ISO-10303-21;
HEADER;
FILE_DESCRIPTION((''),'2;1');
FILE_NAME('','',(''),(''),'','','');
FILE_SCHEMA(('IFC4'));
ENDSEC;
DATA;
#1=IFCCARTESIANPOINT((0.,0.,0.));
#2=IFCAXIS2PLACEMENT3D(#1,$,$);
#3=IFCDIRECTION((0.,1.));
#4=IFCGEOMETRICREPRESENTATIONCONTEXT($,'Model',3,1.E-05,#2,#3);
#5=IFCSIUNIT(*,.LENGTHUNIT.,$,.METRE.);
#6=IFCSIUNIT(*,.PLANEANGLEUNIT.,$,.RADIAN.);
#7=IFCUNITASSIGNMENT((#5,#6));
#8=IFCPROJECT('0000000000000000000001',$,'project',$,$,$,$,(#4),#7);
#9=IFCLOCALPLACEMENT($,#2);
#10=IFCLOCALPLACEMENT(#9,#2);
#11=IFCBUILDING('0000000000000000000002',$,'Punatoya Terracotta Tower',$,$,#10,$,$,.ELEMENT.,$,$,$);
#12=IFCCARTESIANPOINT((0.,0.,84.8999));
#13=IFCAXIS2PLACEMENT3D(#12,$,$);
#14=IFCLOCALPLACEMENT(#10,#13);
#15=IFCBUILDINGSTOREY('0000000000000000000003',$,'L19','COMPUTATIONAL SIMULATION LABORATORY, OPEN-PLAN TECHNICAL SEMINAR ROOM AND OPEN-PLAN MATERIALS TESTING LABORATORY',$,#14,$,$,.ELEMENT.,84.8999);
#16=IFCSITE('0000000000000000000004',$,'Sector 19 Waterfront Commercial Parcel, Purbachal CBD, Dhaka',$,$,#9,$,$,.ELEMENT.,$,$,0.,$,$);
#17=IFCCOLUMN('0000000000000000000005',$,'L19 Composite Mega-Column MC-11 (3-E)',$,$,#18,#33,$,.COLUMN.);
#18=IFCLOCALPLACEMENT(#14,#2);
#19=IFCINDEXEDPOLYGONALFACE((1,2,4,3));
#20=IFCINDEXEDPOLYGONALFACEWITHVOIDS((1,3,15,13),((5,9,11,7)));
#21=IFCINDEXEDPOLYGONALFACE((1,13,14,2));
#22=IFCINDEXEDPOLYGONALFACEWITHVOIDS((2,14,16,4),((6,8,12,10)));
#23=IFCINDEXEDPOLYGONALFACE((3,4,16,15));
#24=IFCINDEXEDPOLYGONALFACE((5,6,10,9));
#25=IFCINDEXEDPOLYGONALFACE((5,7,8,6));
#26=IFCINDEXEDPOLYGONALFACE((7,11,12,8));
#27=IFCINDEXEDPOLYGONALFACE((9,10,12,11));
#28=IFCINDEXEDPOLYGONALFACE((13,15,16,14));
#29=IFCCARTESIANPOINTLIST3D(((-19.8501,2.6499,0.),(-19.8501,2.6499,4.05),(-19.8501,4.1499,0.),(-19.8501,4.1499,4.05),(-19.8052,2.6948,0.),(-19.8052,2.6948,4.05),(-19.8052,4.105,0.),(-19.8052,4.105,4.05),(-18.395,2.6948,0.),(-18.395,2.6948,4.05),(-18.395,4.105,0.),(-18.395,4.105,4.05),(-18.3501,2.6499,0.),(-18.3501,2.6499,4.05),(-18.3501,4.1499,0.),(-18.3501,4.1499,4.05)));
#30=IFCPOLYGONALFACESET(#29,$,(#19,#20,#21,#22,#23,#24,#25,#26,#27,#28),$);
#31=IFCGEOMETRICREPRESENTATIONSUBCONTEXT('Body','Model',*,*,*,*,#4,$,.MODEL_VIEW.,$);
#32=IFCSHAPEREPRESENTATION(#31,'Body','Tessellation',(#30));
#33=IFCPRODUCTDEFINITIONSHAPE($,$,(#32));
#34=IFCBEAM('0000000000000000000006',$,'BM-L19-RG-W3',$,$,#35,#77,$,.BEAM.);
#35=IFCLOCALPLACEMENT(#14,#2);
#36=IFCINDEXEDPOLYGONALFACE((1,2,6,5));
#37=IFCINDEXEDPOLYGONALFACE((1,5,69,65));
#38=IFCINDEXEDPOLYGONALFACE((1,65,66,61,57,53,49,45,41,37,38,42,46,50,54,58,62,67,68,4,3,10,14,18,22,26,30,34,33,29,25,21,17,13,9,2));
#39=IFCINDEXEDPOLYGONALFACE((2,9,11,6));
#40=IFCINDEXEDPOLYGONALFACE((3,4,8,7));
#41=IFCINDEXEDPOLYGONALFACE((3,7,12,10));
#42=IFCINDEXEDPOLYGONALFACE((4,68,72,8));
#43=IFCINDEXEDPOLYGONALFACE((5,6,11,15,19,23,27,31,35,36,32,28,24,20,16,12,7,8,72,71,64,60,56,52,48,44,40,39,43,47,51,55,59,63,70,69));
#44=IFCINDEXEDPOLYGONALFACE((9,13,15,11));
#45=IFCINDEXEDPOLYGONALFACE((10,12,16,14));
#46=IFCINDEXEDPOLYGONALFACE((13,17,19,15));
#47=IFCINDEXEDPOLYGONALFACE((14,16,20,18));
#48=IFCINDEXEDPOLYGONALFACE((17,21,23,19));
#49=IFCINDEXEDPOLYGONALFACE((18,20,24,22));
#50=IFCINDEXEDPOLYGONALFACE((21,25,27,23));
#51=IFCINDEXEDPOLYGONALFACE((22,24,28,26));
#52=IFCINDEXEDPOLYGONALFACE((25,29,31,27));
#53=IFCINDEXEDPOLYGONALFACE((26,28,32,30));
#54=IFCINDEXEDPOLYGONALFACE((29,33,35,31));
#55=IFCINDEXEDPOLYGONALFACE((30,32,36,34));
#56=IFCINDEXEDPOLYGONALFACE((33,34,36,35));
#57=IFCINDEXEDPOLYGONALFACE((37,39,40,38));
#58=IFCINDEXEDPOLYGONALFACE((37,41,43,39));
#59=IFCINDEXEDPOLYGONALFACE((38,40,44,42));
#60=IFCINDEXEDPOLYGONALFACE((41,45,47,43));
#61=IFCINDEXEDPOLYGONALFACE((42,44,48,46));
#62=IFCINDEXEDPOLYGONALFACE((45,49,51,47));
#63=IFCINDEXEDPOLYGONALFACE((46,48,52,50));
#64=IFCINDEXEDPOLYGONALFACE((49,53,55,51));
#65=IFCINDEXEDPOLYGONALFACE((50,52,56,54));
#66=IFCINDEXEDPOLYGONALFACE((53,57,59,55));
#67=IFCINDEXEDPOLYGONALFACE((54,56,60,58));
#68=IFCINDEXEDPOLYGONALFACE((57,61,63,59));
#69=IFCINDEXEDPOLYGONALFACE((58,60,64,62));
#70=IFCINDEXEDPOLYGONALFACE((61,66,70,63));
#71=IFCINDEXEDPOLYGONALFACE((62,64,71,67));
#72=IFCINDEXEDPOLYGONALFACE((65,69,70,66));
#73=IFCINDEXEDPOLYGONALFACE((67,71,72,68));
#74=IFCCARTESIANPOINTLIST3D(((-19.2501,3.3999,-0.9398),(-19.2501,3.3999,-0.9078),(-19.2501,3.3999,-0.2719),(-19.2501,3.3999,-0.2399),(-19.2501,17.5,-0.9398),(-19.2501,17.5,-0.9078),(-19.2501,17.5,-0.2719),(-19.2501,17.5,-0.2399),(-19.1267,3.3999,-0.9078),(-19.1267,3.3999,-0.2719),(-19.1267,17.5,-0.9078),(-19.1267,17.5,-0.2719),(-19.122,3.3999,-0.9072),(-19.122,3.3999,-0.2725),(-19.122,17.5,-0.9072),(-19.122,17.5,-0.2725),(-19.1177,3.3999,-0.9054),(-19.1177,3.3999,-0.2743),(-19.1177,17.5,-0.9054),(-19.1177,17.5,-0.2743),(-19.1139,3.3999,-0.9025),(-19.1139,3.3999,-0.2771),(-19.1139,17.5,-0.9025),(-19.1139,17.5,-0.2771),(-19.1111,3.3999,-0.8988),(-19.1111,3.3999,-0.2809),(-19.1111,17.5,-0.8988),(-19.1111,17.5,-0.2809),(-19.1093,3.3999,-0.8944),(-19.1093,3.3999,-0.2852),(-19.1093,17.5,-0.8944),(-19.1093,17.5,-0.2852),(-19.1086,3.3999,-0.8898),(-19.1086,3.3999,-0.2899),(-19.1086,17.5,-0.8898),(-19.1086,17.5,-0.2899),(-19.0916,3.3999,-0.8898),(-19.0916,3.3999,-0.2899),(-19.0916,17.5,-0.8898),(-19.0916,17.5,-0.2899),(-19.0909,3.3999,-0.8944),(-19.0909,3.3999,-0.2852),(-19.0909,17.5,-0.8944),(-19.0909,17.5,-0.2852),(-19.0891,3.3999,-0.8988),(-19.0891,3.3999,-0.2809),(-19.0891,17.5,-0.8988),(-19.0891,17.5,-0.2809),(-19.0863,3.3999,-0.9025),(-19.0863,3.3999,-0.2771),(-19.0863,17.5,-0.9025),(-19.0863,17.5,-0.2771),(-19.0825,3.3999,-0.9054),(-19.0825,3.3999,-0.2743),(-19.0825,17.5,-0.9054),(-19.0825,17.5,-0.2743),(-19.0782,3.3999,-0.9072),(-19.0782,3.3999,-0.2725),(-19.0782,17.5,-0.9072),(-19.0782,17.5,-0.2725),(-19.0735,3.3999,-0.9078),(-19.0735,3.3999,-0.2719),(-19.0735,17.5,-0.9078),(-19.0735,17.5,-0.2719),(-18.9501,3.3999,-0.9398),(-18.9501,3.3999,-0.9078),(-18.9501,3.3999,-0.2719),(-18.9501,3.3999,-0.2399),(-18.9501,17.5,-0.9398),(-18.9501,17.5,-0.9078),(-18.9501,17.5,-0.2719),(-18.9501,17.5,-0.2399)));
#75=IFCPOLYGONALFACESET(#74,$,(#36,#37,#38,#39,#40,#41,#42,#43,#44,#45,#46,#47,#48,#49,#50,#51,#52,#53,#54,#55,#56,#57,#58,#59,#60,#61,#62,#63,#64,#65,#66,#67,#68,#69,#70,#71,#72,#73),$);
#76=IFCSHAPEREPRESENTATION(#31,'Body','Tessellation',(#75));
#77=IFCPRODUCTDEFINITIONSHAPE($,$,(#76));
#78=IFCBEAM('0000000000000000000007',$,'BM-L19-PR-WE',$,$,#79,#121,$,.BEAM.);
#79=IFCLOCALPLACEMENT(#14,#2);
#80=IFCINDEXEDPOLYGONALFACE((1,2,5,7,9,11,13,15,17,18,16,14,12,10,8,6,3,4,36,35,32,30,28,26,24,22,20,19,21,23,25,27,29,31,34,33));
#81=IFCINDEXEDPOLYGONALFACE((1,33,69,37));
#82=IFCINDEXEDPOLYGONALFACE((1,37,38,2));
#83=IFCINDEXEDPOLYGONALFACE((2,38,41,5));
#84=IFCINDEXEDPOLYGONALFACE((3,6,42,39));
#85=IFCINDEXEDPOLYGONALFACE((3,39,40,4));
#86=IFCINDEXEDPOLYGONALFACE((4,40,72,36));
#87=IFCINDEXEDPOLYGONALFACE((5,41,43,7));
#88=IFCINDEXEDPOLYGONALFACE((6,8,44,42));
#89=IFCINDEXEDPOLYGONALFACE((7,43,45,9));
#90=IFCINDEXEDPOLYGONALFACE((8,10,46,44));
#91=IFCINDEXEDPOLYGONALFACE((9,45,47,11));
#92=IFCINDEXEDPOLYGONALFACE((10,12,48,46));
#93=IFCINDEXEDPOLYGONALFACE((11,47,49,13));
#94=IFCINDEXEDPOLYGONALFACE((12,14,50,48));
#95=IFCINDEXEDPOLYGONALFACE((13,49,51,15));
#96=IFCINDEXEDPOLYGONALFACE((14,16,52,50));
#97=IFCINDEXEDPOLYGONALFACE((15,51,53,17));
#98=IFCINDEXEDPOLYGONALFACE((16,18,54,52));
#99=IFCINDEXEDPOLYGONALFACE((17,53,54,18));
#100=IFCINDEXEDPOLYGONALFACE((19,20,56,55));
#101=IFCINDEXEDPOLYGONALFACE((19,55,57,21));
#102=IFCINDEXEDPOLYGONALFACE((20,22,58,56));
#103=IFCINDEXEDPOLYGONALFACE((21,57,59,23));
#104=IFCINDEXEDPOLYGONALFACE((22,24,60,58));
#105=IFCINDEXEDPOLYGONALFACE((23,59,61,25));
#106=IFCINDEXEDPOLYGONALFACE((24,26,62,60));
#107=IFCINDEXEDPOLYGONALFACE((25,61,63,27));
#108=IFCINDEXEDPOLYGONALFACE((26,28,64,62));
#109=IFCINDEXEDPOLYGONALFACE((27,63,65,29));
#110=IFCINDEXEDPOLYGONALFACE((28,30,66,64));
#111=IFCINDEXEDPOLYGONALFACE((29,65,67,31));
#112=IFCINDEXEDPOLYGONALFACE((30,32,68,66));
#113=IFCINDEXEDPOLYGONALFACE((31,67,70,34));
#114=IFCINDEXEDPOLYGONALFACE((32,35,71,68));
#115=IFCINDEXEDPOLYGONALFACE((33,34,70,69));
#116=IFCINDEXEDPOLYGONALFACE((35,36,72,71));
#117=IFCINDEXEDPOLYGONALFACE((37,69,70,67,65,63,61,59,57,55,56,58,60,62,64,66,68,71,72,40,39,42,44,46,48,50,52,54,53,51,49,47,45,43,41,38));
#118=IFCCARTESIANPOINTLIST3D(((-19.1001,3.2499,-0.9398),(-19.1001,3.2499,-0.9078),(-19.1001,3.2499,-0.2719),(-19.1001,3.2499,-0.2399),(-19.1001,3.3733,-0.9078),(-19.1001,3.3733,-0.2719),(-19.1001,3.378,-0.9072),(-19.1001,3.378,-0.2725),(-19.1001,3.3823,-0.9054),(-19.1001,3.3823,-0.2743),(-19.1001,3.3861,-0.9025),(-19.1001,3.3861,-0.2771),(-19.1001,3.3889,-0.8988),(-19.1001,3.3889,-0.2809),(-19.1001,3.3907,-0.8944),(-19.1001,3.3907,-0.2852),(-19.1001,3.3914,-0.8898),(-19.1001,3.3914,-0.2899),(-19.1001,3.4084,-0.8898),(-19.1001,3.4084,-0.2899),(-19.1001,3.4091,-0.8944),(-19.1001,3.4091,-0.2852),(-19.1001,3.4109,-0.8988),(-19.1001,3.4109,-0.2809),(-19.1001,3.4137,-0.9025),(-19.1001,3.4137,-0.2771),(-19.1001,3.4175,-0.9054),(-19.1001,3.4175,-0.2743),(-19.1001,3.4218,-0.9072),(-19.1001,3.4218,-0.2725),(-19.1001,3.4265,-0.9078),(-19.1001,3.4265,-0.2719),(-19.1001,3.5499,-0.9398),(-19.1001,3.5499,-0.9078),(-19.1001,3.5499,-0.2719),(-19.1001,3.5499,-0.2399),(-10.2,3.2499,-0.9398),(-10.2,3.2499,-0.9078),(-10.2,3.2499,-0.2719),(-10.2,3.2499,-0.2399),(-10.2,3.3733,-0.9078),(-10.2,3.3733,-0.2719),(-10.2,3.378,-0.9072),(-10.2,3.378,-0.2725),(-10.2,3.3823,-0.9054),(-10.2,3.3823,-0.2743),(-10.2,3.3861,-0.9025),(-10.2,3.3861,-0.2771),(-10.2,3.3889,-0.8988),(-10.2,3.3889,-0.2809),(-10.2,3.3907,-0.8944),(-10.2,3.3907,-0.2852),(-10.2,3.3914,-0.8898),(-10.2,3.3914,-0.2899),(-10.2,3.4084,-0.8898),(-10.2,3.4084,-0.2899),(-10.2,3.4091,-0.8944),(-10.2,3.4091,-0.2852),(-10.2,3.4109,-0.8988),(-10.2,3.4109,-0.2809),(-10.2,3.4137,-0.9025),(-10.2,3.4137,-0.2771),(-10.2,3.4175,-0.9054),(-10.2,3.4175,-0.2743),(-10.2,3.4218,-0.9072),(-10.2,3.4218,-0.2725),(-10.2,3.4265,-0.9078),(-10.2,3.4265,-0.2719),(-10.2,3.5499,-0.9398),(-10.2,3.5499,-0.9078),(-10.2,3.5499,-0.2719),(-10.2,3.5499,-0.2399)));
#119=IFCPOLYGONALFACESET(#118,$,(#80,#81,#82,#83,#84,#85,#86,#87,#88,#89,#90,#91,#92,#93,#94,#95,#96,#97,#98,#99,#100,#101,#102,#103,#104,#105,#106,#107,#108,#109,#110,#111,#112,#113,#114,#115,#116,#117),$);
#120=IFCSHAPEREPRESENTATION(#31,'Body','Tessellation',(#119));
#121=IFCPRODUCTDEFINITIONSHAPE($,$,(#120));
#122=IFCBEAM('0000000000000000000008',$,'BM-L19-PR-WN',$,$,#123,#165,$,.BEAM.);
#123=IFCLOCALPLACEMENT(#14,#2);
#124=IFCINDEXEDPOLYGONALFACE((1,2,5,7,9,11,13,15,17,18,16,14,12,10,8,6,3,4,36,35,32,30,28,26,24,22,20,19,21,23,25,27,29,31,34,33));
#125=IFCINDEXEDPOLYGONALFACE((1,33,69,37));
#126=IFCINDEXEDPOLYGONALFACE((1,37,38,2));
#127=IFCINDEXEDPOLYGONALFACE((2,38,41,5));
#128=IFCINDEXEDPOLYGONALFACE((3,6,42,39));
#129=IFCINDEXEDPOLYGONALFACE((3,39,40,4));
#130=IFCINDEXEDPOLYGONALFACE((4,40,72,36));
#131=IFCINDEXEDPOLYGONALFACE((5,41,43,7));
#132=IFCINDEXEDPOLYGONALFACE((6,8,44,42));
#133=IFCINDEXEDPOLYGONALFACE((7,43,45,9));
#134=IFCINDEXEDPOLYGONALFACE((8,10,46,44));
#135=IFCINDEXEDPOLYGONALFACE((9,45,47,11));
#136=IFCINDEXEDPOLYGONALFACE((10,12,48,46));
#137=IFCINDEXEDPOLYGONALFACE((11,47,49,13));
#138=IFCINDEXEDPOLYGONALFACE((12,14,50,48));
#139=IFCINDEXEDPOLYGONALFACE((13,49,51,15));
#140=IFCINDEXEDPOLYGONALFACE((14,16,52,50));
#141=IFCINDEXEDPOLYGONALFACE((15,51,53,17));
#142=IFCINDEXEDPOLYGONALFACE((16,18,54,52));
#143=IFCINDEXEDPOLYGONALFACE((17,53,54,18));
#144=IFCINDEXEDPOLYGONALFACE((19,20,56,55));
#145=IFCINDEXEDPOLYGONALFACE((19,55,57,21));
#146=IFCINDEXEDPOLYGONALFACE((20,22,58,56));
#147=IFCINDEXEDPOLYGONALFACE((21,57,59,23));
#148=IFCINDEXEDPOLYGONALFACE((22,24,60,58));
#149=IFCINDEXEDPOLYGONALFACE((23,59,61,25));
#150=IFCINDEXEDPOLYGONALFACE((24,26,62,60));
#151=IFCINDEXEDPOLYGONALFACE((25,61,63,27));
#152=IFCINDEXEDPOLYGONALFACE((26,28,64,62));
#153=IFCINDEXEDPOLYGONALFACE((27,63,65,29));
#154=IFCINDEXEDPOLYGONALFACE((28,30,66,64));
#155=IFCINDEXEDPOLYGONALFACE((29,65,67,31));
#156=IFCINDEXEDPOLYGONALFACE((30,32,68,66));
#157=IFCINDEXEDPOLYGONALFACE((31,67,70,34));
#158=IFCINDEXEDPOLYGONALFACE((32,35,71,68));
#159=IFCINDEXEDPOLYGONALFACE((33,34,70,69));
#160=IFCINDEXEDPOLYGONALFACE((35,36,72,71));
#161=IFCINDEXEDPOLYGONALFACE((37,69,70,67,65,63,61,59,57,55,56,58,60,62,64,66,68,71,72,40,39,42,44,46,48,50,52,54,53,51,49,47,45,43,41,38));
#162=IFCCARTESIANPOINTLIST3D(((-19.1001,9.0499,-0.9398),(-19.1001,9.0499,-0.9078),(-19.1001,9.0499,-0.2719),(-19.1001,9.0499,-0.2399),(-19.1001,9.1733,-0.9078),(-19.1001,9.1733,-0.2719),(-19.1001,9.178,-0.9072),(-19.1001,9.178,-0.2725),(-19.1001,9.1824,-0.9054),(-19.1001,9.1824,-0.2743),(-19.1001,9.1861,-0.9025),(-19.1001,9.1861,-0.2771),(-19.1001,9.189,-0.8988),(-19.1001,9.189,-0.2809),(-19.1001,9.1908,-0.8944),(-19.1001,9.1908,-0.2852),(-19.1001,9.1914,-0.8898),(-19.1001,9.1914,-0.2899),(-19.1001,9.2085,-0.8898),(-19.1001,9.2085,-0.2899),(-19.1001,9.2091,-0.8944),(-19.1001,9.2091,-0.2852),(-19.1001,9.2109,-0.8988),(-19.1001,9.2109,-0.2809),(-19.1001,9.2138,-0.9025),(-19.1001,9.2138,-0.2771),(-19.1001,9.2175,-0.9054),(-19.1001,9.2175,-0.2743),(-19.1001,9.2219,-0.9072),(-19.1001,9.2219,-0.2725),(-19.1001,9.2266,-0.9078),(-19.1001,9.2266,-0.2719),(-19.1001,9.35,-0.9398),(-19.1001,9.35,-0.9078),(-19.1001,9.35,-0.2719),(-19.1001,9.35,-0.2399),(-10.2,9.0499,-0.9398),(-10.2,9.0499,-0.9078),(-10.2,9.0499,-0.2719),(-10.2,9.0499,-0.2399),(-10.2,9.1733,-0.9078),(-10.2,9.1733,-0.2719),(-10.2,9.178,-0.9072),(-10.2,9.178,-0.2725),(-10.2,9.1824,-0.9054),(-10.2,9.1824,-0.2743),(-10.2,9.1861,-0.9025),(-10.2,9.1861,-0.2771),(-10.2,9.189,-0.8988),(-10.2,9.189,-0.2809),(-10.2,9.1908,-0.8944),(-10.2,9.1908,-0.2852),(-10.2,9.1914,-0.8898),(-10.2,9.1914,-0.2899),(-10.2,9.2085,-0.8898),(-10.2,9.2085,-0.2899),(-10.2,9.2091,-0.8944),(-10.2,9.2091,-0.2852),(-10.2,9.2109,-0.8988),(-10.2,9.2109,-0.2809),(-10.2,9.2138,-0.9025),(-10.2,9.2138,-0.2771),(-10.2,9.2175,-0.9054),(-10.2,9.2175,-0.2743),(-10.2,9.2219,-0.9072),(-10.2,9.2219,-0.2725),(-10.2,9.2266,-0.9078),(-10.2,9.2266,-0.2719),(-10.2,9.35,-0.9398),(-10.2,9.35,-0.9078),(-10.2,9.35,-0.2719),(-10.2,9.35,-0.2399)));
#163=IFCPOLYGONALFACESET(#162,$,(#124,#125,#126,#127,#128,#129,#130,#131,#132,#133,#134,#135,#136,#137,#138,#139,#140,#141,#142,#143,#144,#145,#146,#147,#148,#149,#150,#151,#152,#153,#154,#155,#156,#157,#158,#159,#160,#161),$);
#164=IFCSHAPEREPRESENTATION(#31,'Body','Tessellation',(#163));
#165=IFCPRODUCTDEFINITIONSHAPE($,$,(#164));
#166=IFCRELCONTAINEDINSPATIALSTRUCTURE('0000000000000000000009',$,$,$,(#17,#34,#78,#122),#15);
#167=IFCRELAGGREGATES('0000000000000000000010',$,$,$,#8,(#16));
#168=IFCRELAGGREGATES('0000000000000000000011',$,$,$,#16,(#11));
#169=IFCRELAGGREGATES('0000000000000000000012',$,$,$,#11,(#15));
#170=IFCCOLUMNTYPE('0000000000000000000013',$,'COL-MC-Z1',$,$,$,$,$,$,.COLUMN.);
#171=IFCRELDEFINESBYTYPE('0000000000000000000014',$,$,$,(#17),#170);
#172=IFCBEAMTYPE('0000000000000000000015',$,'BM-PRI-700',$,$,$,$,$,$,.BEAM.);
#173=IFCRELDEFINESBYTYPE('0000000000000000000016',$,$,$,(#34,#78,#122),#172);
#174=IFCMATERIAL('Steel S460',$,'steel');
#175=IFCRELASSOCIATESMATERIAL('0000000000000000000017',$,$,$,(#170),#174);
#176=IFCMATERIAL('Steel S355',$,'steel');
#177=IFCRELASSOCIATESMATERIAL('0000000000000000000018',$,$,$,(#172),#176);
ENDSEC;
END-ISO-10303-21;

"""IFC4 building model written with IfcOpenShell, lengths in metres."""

from ifc_helpers import new_model, si_unit, direction, frame, origin, origin_2d, place, context, subcontext, project, spatial, hollow_rectangle, i_section, extrude, material, material_profile, profile_set, type_object, element, save


model = new_model("IFC4")

# Units and contexts
model_context = context("Model", 3, precision=1e-05, world=origin(), true_north=direction((0.0, 1.0)))
body_context = subcontext(model_context, "Body", "Model", "MODEL_VIEW")
ifc_project = project(units=[si_unit("LENGTHUNIT", "METRE"), si_unit("PLANEANGLEUNIT", "RADIAN")], contexts=[model_context])

# Site, building, storey
site_placement = place(None, origin())
site = spatial("IfcSite", under=ifc_project, at=site_placement, Name="Sector 19 Waterfront Commercial Parcel, Purbachal CBD, Dhaka", CompositionType="ELEMENT", RefElevation=0.0)
building_placement = place(site_placement, origin())
building = spatial("IfcBuilding", under=site, at=building_placement, Name="Punatoya Terracotta Tower", CompositionType="ELEMENT")
storey_placement = place(building_placement, frame((0.0, 0.0, 84.8999)))
storey = spatial("IfcBuildingStorey", under=building, at=storey_placement, Name="L19", Description="COMPUTATIONAL SIMULATION LABORATORY, OPEN-PLAN TECHNICAL SEMINAR ROOM AND OPEN-PLAN MATERIALS TESTING LABORATORY", CompositionType="ELEMENT", Elevation=84.8999)

# Column
ifc_material_1 = material(Name="Steel S460", Category="steel")
ifc_material_profile_1 = material_profile(ifc_material_1, hollow_rectangle(XDim=1.5, YDim=1.5, WallThickness=0.0449, at=origin_2d()))
ifc_profile_set_1 = profile_set([ifc_material_profile_1], Name="Steel S460")
column_type = type_object("IfcColumnType", Name="COL-MC-Z1", PredefinedType="COLUMN", material=ifc_profile_set_1)
column_placement = place(storey_placement, frame((-19.1001, 3.3999, 0.0), z_axis=(0.0, 0.0, 1.0), x_axis=(1.0, 0.0, 0.0)))
element("IfcColumn", 1, at=column_placement, inside=storey, type_object=column_type, Name="L19 Composite Mega-Column MC-11 (3-E)", PredefinedType="COLUMN", context=body_context, shape_type="SweptSolid", body=[
    extrude(hollow_rectangle(XDim=1.5, YDim=1.5, WallThickness=0.0449, at=origin_2d()), origin(), (0.0, 0.0, 1.0), 4.05),
])

# Beams
ifc_material_2 = material(Name="Steel S355", Category="steel")
ifc_material_profile_2 = material_profile(ifc_material_2, i_section(OverallWidth=0.3, OverallDepth=0.7, WebThickness=0.0171, FlangeThickness=0.032, FilletRadius=0.0181, at=origin_2d()))
ifc_profile_set_2 = profile_set([ifc_material_profile_2], Name="Steel S355")
beam_type_1 = type_object("IfcBeamType", Name="BM-PRI-700", PredefinedType="BEAM", material=ifc_profile_set_2)
beam_1_placement = place(storey_placement, frame((-19.1001, 3.3999, -0.5898), z_axis=(0.0, 1.0, 0.0), x_axis=(-1.0, 0.0, 0.0)))
element("IfcBeam", 2, at=beam_1_placement, inside=storey, type_object=beam_type_1, Name="BM-L19-RG-W3", PredefinedType="BEAM", context=body_context, shape_type="SweptSolid", body=[
    extrude(i_section(OverallWidth=0.3, OverallDepth=0.7, WebThickness=0.0171, FlangeThickness=0.032, FilletRadius=0.0181, at=origin_2d()), origin(), (0.0, 0.0, 1.0), 14.1001),
])
for number, where, z_axis, x_axis, name in (
    (3, (-19.1001, 3.3999, -0.5898), (1.0, 0.0, 0.0), (0.0, 1.0, 0.0), "BM-L19-PR-WE"),
    (4, (-19.1001, 9.2, -0.5898), (1.0, 0.0, 0.0), (0.0, 1.0, 0.0), "BM-L19-PR-WN"),
):
    element("IfcBeam", number, at=place(storey_placement, frame(where, z_axis=z_axis, x_axis=x_axis)), inside=storey, type_object=beam_type_1, Name=name, PredefinedType="BEAM", context=body_context, shape_type="SweptSolid", body=[
        extrude(i_section(OverallWidth=0.3, OverallDepth=0.7, WebThickness=0.0171, FlangeThickness=0.032, FilletRadius=0.0181, at=origin_2d()), origin(), (0.0, 0.0, 1.0), 8.9001),
    ])

save(model, "model.ifc")
